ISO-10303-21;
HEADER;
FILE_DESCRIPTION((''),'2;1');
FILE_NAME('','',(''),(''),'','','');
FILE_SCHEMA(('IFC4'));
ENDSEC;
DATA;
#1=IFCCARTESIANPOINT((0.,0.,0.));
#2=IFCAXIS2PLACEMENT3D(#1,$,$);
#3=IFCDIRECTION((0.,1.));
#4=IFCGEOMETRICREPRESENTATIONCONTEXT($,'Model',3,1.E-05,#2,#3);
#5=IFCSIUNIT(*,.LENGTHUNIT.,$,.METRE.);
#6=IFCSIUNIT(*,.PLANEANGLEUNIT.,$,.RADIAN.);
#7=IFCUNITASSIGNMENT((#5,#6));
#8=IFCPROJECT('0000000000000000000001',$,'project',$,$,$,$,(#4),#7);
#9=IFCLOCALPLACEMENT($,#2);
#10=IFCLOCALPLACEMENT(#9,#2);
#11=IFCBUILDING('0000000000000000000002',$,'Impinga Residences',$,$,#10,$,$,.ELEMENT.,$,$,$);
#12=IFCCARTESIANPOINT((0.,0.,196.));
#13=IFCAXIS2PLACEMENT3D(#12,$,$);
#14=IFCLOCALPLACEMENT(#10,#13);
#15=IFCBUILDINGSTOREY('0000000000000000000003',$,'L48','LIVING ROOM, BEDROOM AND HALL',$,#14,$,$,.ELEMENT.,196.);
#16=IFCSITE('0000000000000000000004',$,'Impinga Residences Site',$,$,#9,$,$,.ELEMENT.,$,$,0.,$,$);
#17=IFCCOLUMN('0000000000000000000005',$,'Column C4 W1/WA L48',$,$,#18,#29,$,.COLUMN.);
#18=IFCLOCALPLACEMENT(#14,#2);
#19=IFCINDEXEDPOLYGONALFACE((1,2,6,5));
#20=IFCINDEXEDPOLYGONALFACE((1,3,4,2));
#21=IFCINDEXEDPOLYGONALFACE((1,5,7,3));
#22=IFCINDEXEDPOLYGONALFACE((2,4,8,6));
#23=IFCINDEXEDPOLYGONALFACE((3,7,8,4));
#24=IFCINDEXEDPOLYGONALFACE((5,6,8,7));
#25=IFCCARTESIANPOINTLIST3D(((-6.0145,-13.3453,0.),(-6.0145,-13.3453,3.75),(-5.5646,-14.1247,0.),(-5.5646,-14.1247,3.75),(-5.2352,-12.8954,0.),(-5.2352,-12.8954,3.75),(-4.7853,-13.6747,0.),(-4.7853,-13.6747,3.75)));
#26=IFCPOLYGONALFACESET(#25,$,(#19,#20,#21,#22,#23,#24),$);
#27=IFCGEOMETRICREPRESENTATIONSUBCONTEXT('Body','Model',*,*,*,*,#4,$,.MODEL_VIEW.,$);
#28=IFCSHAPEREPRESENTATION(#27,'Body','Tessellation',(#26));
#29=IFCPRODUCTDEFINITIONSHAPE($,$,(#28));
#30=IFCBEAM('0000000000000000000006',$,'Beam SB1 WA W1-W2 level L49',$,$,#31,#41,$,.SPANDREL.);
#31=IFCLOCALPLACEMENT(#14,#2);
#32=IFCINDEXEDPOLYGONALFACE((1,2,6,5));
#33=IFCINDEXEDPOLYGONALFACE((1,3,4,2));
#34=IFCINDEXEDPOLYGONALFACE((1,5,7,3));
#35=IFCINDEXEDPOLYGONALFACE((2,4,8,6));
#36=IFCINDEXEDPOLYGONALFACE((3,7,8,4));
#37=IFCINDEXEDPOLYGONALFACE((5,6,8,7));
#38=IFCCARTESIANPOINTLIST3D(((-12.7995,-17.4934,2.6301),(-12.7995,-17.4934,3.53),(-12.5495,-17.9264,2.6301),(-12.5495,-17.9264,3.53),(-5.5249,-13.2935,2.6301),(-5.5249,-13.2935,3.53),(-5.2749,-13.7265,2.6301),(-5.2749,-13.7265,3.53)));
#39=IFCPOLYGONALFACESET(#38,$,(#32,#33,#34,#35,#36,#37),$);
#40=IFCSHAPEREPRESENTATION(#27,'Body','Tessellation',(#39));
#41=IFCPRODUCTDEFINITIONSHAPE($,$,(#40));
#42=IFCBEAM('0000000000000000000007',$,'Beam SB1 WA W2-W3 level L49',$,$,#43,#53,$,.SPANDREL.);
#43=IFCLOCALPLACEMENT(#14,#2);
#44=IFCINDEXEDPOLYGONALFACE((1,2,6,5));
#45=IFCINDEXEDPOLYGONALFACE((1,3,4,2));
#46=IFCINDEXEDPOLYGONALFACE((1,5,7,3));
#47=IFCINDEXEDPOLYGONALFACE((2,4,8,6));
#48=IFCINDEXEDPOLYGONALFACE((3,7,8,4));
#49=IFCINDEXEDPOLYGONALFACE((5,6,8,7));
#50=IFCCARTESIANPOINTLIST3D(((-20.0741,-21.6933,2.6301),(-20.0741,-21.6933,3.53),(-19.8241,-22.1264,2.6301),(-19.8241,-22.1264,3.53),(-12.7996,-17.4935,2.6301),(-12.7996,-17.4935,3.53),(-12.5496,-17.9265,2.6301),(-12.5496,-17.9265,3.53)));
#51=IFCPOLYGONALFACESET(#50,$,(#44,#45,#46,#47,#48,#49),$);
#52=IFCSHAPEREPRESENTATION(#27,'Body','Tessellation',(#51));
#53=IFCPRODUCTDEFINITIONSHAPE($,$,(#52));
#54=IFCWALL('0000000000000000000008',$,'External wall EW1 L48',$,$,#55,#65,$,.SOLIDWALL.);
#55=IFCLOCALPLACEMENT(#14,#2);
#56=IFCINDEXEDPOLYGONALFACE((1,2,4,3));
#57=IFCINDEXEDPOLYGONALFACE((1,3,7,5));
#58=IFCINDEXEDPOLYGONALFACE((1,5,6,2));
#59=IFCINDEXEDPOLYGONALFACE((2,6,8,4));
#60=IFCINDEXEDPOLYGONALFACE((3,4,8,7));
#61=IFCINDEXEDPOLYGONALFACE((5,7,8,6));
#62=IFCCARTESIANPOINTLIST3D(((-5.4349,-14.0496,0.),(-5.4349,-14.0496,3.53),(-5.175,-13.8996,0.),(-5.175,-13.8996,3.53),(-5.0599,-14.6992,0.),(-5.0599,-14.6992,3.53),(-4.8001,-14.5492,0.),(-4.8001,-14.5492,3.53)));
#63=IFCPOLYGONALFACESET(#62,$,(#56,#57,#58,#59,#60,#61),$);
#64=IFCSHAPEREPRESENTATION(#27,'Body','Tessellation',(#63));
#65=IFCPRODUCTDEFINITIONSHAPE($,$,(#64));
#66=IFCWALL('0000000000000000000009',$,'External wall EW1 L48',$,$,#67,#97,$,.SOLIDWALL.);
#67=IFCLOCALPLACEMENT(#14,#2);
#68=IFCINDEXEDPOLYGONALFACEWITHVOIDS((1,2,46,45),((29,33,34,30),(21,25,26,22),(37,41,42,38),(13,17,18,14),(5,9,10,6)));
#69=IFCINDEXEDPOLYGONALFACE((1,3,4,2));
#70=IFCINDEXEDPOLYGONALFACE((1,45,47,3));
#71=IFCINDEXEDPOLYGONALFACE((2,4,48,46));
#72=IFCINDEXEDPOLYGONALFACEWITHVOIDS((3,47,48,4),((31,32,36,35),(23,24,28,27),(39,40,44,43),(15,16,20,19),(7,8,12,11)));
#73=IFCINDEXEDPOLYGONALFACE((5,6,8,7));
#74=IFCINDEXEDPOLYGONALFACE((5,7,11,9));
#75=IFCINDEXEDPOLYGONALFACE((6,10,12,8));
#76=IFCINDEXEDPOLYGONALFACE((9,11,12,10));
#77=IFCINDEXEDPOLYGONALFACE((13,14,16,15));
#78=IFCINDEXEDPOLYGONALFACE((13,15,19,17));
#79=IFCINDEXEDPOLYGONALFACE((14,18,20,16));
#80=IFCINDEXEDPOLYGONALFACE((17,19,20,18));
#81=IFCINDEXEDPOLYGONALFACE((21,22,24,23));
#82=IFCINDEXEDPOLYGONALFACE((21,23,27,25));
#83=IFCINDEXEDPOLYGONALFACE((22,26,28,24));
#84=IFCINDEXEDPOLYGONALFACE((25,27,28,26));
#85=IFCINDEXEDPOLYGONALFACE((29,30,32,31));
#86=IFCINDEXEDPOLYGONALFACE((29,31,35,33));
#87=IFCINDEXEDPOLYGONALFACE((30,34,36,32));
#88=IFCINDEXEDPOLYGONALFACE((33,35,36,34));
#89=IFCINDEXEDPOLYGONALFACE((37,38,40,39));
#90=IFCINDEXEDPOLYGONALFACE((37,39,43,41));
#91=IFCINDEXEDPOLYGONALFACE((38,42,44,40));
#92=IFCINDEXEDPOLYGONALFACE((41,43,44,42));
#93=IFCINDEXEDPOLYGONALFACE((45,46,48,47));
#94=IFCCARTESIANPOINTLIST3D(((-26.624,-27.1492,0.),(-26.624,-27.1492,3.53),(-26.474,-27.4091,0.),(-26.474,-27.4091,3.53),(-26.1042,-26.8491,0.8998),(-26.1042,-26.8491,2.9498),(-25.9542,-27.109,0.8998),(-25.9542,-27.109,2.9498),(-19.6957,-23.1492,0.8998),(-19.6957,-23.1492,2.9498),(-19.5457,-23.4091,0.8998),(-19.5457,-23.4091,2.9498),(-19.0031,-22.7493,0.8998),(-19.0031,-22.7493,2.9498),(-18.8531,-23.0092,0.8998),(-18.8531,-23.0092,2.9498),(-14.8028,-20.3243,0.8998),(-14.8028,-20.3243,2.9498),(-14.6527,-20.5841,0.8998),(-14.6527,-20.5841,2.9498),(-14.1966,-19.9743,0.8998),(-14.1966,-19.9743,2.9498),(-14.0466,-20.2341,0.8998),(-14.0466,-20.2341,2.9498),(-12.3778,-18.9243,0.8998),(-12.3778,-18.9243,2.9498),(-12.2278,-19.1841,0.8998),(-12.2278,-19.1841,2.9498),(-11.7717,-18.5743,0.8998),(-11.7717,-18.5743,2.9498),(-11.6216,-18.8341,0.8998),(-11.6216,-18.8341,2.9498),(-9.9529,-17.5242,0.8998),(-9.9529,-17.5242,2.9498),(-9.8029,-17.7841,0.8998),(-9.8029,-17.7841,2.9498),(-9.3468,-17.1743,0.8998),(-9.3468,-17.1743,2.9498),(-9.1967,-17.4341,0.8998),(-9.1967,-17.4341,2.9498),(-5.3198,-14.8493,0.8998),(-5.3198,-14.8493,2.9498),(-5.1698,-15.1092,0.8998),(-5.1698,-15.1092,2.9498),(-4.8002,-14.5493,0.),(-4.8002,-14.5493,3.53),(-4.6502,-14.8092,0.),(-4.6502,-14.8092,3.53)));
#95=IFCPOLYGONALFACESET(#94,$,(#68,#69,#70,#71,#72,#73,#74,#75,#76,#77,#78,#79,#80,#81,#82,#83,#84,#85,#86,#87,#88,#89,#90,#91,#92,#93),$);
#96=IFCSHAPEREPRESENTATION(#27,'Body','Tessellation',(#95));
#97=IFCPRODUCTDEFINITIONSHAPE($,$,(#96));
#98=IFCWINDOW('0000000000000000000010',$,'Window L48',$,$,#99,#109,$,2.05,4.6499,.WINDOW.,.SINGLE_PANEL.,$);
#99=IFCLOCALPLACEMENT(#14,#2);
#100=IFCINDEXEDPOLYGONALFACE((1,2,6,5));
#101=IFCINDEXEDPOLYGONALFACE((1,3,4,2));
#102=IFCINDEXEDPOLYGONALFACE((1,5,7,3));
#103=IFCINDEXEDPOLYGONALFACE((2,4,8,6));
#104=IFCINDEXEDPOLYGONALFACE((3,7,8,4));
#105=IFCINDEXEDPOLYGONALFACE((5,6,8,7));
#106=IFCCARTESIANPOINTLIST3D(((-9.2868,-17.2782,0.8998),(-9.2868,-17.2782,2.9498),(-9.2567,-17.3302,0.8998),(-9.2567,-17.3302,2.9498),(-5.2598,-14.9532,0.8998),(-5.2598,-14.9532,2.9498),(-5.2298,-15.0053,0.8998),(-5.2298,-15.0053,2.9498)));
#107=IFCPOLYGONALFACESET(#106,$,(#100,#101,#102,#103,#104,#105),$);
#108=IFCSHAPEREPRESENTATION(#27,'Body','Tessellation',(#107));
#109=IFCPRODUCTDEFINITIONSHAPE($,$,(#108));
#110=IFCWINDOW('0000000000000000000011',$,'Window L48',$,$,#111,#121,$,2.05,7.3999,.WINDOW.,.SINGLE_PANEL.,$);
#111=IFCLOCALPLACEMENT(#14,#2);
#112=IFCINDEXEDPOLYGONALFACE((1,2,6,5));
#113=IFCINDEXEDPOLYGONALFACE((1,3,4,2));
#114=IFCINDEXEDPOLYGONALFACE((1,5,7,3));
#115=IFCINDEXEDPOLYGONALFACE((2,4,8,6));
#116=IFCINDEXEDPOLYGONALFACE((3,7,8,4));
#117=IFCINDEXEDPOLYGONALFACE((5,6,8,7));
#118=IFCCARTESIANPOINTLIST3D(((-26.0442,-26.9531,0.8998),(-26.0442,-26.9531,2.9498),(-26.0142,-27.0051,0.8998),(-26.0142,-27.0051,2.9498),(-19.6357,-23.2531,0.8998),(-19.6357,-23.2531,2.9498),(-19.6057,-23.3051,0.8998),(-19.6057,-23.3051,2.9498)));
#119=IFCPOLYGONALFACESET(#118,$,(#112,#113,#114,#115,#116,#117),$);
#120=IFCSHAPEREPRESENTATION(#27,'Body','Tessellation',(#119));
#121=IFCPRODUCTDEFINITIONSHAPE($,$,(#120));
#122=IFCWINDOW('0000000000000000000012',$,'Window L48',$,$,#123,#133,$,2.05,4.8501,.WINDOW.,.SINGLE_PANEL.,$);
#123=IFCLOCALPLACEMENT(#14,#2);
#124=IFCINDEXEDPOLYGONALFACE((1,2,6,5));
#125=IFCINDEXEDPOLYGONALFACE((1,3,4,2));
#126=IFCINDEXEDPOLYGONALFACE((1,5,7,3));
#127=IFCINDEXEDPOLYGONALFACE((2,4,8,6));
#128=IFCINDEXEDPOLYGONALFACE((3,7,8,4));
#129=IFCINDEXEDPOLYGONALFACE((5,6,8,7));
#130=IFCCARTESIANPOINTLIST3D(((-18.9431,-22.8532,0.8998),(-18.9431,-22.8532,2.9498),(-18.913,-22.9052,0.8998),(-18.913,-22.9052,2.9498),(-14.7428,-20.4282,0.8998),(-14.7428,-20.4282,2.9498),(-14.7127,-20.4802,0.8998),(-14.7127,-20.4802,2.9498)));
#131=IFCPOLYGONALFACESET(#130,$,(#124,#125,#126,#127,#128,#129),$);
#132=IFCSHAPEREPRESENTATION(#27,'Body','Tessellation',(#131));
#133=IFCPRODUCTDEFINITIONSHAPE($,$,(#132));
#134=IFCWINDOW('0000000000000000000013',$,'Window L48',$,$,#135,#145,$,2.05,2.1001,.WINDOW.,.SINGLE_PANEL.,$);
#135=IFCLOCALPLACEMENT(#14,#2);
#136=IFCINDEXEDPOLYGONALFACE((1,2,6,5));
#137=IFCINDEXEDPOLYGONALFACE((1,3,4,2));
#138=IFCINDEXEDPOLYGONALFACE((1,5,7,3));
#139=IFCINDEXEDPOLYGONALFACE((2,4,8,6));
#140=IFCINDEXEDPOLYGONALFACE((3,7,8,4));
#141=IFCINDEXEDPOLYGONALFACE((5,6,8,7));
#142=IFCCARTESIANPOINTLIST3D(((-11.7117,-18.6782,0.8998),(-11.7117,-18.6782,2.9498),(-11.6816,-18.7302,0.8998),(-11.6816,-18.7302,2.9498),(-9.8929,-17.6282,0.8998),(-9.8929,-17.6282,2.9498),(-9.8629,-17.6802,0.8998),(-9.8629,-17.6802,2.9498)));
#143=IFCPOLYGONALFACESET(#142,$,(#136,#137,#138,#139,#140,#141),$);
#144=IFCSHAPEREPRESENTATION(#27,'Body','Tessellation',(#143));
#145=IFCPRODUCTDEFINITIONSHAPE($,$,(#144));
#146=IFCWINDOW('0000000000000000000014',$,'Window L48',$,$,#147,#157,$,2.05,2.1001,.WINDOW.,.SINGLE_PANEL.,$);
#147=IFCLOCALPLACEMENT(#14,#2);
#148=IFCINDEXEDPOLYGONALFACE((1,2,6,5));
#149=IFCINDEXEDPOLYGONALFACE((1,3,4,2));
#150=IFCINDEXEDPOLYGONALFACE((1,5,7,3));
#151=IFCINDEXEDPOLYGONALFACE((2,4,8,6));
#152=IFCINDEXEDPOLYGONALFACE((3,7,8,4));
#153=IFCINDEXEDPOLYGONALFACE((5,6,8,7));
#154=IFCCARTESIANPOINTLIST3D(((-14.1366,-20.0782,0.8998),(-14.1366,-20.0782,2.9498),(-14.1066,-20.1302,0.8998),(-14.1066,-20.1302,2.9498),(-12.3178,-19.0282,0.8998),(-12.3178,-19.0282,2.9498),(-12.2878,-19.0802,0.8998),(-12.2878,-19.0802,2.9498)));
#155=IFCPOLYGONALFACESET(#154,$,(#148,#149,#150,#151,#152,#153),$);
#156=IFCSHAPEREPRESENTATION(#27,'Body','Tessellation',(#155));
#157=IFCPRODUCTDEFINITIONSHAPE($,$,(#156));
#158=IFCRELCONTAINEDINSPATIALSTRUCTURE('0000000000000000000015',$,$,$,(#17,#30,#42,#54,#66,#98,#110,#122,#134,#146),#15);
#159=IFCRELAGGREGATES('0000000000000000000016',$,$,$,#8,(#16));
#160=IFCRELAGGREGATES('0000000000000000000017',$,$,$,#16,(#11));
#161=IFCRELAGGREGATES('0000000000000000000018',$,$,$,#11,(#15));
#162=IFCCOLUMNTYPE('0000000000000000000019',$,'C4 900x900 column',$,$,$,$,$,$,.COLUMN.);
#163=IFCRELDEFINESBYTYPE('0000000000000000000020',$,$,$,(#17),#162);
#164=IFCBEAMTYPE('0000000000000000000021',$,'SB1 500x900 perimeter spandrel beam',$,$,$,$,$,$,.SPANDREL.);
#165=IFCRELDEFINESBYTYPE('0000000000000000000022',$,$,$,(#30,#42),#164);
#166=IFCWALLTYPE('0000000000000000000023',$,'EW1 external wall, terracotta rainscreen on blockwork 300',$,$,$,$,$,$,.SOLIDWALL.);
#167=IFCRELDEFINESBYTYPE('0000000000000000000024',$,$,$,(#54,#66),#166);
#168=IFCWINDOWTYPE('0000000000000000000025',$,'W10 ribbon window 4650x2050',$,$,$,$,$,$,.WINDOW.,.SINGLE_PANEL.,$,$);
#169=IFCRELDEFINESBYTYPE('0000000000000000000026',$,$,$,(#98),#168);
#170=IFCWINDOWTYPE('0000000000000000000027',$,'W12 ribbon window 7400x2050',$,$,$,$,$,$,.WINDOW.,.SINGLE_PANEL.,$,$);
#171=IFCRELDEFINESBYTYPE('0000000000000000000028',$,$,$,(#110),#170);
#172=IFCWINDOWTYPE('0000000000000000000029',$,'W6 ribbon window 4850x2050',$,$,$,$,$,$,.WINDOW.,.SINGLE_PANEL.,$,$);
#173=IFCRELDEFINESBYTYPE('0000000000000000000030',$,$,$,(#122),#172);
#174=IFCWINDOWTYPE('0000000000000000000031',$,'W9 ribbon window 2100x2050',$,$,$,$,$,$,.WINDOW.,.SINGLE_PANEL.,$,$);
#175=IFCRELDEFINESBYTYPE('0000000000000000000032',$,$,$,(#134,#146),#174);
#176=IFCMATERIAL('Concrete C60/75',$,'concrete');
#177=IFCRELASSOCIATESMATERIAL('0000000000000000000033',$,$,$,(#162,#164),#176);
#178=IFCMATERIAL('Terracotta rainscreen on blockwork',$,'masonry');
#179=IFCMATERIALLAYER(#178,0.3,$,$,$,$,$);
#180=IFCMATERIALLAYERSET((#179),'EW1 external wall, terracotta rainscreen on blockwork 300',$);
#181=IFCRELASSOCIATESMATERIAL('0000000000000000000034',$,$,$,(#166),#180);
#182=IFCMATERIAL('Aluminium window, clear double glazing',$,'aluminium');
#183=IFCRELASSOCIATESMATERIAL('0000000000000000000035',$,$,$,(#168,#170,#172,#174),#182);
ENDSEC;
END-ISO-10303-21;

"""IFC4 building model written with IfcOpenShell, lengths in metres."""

from ifc_helpers import new_model, si_unit, direction, frame, frame_2d, origin, origin_2d, place, context, subcontext, project, spatial, rectangle, extrude, material, layer, layer_set, material_profile, profile_set, type_object, element, fill, save


model = new_model("IFC4")

# Units and contexts
model_context = context("Model", 3, precision=1e-05, world=origin(), true_north=direction((0.0, 1.0)))
body_context = subcontext(model_context, "Body", "Model", "MODEL_VIEW")
ifc_project = project(units=[si_unit("LENGTHUNIT", "METRE"), si_unit("PLANEANGLEUNIT", "RADIAN")], contexts=[model_context])

# Site, building, storey
site_placement = place(None, origin())
site = spatial("IfcSite", under=ifc_project, at=site_placement, Name="Impinga Residences Site", CompositionType="ELEMENT", RefElevation=0.0)
building_placement = place(site_placement, origin())
building = spatial("IfcBuilding", under=site, at=building_placement, Name="Impinga Residences", CompositionType="ELEMENT")
storey_placement = place(building_placement, frame((0.0, 0.0, 196.0)))
storey = spatial("IfcBuildingStorey", under=building, at=storey_placement, Name="L48", Description="LIVING ROOM, BEDROOM AND HALL", CompositionType="ELEMENT", Elevation=196.0)

# Column
ifc_material_1 = material(Name="Concrete C60/75", Category="concrete")
ifc_material_profile_1 = material_profile(ifc_material_1, rectangle(XDim=0.8999, YDim=0.8999, at=origin_2d()), Name="RC 900x900")
ifc_profile_set_1 = profile_set([ifc_material_profile_1], Name="Concrete C60/75")
column_type = type_object("IfcColumnType", Name="C4 900x900 column", PredefinedType="COLUMN", material=ifc_profile_set_1)
column_placement = place(storey_placement, frame((-5.3999, -13.51, 0.0), z_axis=(0.0, 0.0, 1.0), x_axis=(-0.5, 0.866025, 0.0)))
element("IfcColumn", 1, at=column_placement, inside=storey, type_object=column_type, Name="Column C4 W1/WA L48", PredefinedType="COLUMN", context=body_context, shape_type="SweptSolid", body=[
    extrude(rectangle(XDim=0.8999, YDim=0.8999, at=origin_2d()), origin(), (0.0, 0.0, 1.0), 3.75),
])

# Beams
ifc_material_profile_2 = material_profile(ifc_material_1, rectangle(XDim=0.5, YDim=0.8999, at=origin_2d()), Name="RC 500x900")
ifc_profile_set_2 = profile_set([ifc_material_profile_2], Name="Concrete C60/75")
beam_type = type_object("IfcBeamType", Name="SB1 500x900 perimeter spandrel beam", PredefinedType="SPANDREL", material=ifc_profile_set_2)
for number, where, z_axis, x_axis, name in (
    (2, (-5.3999, -13.51, 3.0801), (-0.866029, -0.499993, 0.0), (0.499993, -0.866029, 0.0), "Beam SB1 WA W1-W2 level L49"),
    (3, (-12.6746, -17.71, 3.0801), (-0.866029, -0.499993, 0.0), (0.499993, -0.866029, 0.0), "Beam SB1 WA W2-W3 level L49"),
):
    element("IfcBeam", number, at=place(storey_placement, frame(where, z_axis=z_axis, x_axis=x_axis)), inside=storey, type_object=beam_type, Name=name, PredefinedType="SPANDREL", context=body_context, shape_type="SweptSolid", body=[
        extrude(rectangle(XDim=0.5, YDim=0.8999, at=origin_2d()), origin(), (0.0, 0.0, 1.0), 8.3999),
    ])

# Wall
ifc_material_2 = material(Name="Terracotta rainscreen on blockwork", Category="masonry")
ifc_layer_1 = layer(ifc_material_2, 0.3)
ifc_layer_set_1 = layer_set([ifc_layer_1], Name="EW1 external wall, terracotta rainscreen on blockwork 300")
wall_type_1 = type_object("IfcWallType", Name="EW1 external wall, terracotta rainscreen on blockwork 300", PredefinedType="SOLIDWALL", material=ifc_layer_set_1)
wall_1_placement = place(storey_placement, frame((-5.3049, -13.9746, 0.0), z_axis=(0.0, 0.0, 1.0), x_axis=(0.49992, -0.866072, 0.0)))
element("IfcWall", 4, at=wall_1_placement, inside=storey, type_object=wall_type_1, Name="External wall EW1 L48", PredefinedType="SOLIDWALL", context=body_context, shape_type="SweptSolid", body=[
    extrude(rectangle(XDim=0.75, YDim=0.3, at=frame_2d((0.375, 0.0))), origin(), (0.0, 0.0, 1.0), 3.53),
])

# Wall, openings, windows
wall_2_placement = place(storey_placement, frame((-4.7251, -14.6792, 0.0), z_axis=(0.0, 0.0, 1.0), x_axis=(-0.866027, -0.499998, 0.0)))
wall_2 = element("IfcWall", 5, at=wall_2_placement, inside=storey, type_object=wall_type_1, Name="External wall EW1 L48", PredefinedType="SOLIDWALL", context=body_context, shape_type="SweptSolid", body=[
    extrude(rectangle(XDim=25.2, YDim=0.3, at=frame_2d((12.6001, 0.0))), origin(), (0.0, 0.0, 1.0), 3.53),
])
opening_1_placement = place(wall_2_placement, frame((0.6001, 0.0, 0.8999)))
opening_1 = element("IfcOpeningElement", 6, at=opening_1_placement, cuts=wall_2, PredefinedType="OPENING", context=body_context, shape_type="SweptSolid", body=[
    extrude(rectangle(XDim=4.6499, YDim=2.05, at=frame_2d((2.325, 1.0249))), frame((0.0, 0.1599, 0.0), z_axis=(0.0, -1.0, 0.0), x_axis=(1.0, 0.0, 0.0)), (0.0, 0.0, 1.0), 0.3201),
])
opening_2_placement = place(wall_2_placement, frame((5.95, 0.0, 0.8999)))
opening_2 = element("IfcOpeningElement", 7, at=opening_2_placement, cuts=wall_2, PredefinedType="OPENING", context=body_context, shape_type="SweptSolid", body=[
    extrude(rectangle(XDim=2.1001, YDim=2.05, at=frame_2d((1.05, 1.0249))), frame((0.0, 0.1599, 0.0), z_axis=(0.0, -1.0, 0.0), x_axis=(1.0, 0.0, 0.0)), (0.0, 0.0, 1.0), 0.3201),
])
opening_3_placement = place(wall_2_placement, frame((8.75, 0.0, 0.8999)))
opening_3 = element("IfcOpeningElement", 8, at=opening_3_placement, cuts=wall_2, PredefinedType="OPENING", context=body_context, shape_type="SweptSolid", body=[
    extrude(rectangle(XDim=2.1001, YDim=2.05, at=frame_2d((1.05, 1.0249))), frame((0.0, 0.1599, 0.0), z_axis=(0.0, -1.0, 0.0), x_axis=(1.0, 0.0, 0.0)), (0.0, 0.0, 1.0), 0.3201),
])
opening_4_placement = place(wall_2_placement, frame((11.55, 0.0, 0.8999)))
opening_4 = element("IfcOpeningElement", 9, at=opening_4_placement, cuts=wall_2, PredefinedType="OPENING", context=body_context, shape_type="SweptSolid", body=[
    extrude(rectangle(XDim=4.8501, YDim=2.05, at=frame_2d((2.425, 1.0249))), frame((0.0, 0.1599, 0.0), z_axis=(0.0, -1.0, 0.0), x_axis=(1.0, 0.0, 0.0)), (0.0, 0.0, 1.0), 0.3201),
])
opening_5_placement = place(wall_2_placement, frame((17.2, 0.0, 0.8999)))
opening_5 = element("IfcOpeningElement", 10, at=opening_5_placement, cuts=wall_2, PredefinedType="OPENING", context=body_context, shape_type="SweptSolid", body=[
    extrude(rectangle(XDim=7.3999, YDim=2.05, at=frame_2d((3.7, 1.0249))), frame((0.0, 0.1599, 0.0), z_axis=(0.0, -1.0, 0.0), x_axis=(1.0, 0.0, 0.0)), (0.0, 0.0, 1.0), 0.3201),
])
ifc_material_3 = material(Name="Aluminium window, clear double glazing", Category="aluminium")
window_type_1 = type_object("IfcWindowType", Name="W10 ribbon window 4650x2050", PartitioningType="SINGLE_PANEL", PredefinedType="WINDOW", material=ifc_material_3)
window_1_placement = place(opening_1_placement, origin())
window_1 = element("IfcWindow", 11, at=window_1_placement, inside=storey, type_object=window_type_1, Name="Window L48", OverallHeight=2.05, OverallWidth=4.6499, PartitioningType="SINGLE_PANEL", PredefinedType="WINDOW", context=body_context, shape_type="SweptSolid", body=[
    extrude(rectangle(XDim=4.6499, YDim=2.05, at=frame_2d((2.325, 1.0249))), frame((0.0, 0.03, 0.0), z_axis=(0.0, -1.0, 0.0), x_axis=(1.0, 0.0, 0.0)), (0.0, 0.0, 1.0), 0.0601),
])
fill(opening_1, window_1)
window_type_2 = type_object("IfcWindowType", Name="W12 ribbon window 7400x2050", PartitioningType="SINGLE_PANEL", PredefinedType="WINDOW", material=ifc_material_3)
window_2_placement = place(opening_5_placement, origin())
window_2 = element("IfcWindow", 12, at=window_2_placement, inside=storey, type_object=window_type_2, Name="Window L48", OverallHeight=2.05, OverallWidth=7.3999, PartitioningType="SINGLE_PANEL", PredefinedType="WINDOW", context=body_context, shape_type="SweptSolid", body=[
    extrude(rectangle(XDim=7.3999, YDim=2.05, at=frame_2d((3.7, 1.0249))), frame((0.0, 0.03, 0.0), z_axis=(0.0, -1.0, 0.0), x_axis=(1.0, 0.0, 0.0)), (0.0, 0.0, 1.0), 0.0601),
])
fill(opening_5, window_2)
window_type_3 = type_object("IfcWindowType", Name="W6 ribbon window 4850x2050", PartitioningType="SINGLE_PANEL", PredefinedType="WINDOW", material=ifc_material_3)
window_3_placement = place(opening_4_placement, origin())
window_3 = element("IfcWindow", 13, at=window_3_placement, inside=storey, type_object=window_type_3, Name="Window L48", OverallHeight=2.05, OverallWidth=4.8501, PartitioningType="SINGLE_PANEL", PredefinedType="WINDOW", context=body_context, shape_type="SweptSolid", body=[
    extrude(rectangle(XDim=4.8501, YDim=2.05, at=frame_2d((2.425, 1.0249))), frame((0.0, 0.03, 0.0), z_axis=(0.0, -1.0, 0.0), x_axis=(1.0, 0.0, 0.0)), (0.0, 0.0, 1.0), 0.0601),
])
fill(opening_4, window_3)
window_type_4 = type_object("IfcWindowType", Name="W9 ribbon window 2100x2050", PartitioningType="SINGLE_PANEL", PredefinedType="WINDOW", material=ifc_material_3)
window_4_placement = place(opening_2_placement, origin())
window_4 = element("IfcWindow", 14, at=window_4_placement, inside=storey, type_object=window_type_4, Name="Window L48", OverallHeight=2.05, OverallWidth=2.1001, PartitioningType="SINGLE_PANEL", PredefinedType="WINDOW", context=body_context, shape_type="SweptSolid", body=[
    extrude(rectangle(XDim=2.1001, YDim=2.05, at=frame_2d((1.05, 1.0249))), frame((0.0, 0.03, 0.0), z_axis=(0.0, -1.0, 0.0), x_axis=(1.0, 0.0, 0.0)), (0.0, 0.0, 1.0), 0.0601),
])
fill(opening_2, window_4)
window_5_placement = place(opening_3_placement, origin())
window_5 = element("IfcWindow", 15, at=window_5_placement, inside=storey, type_object=window_type_4, Name="Window L48", OverallHeight=2.05, OverallWidth=2.1001, PartitioningType="SINGLE_PANEL", PredefinedType="WINDOW", context=body_context, shape_type="SweptSolid", body=[
    extrude(rectangle(XDim=2.1001, YDim=2.05, at=frame_2d((1.05, 1.0249))), frame((0.0, 0.03, 0.0), z_axis=(0.0, -1.0, 0.0), x_axis=(1.0, 0.0, 0.0)), (0.0, 0.0, 1.0), 0.0601),
])
fill(opening_3, window_5)

save(model, "model.ifc")
